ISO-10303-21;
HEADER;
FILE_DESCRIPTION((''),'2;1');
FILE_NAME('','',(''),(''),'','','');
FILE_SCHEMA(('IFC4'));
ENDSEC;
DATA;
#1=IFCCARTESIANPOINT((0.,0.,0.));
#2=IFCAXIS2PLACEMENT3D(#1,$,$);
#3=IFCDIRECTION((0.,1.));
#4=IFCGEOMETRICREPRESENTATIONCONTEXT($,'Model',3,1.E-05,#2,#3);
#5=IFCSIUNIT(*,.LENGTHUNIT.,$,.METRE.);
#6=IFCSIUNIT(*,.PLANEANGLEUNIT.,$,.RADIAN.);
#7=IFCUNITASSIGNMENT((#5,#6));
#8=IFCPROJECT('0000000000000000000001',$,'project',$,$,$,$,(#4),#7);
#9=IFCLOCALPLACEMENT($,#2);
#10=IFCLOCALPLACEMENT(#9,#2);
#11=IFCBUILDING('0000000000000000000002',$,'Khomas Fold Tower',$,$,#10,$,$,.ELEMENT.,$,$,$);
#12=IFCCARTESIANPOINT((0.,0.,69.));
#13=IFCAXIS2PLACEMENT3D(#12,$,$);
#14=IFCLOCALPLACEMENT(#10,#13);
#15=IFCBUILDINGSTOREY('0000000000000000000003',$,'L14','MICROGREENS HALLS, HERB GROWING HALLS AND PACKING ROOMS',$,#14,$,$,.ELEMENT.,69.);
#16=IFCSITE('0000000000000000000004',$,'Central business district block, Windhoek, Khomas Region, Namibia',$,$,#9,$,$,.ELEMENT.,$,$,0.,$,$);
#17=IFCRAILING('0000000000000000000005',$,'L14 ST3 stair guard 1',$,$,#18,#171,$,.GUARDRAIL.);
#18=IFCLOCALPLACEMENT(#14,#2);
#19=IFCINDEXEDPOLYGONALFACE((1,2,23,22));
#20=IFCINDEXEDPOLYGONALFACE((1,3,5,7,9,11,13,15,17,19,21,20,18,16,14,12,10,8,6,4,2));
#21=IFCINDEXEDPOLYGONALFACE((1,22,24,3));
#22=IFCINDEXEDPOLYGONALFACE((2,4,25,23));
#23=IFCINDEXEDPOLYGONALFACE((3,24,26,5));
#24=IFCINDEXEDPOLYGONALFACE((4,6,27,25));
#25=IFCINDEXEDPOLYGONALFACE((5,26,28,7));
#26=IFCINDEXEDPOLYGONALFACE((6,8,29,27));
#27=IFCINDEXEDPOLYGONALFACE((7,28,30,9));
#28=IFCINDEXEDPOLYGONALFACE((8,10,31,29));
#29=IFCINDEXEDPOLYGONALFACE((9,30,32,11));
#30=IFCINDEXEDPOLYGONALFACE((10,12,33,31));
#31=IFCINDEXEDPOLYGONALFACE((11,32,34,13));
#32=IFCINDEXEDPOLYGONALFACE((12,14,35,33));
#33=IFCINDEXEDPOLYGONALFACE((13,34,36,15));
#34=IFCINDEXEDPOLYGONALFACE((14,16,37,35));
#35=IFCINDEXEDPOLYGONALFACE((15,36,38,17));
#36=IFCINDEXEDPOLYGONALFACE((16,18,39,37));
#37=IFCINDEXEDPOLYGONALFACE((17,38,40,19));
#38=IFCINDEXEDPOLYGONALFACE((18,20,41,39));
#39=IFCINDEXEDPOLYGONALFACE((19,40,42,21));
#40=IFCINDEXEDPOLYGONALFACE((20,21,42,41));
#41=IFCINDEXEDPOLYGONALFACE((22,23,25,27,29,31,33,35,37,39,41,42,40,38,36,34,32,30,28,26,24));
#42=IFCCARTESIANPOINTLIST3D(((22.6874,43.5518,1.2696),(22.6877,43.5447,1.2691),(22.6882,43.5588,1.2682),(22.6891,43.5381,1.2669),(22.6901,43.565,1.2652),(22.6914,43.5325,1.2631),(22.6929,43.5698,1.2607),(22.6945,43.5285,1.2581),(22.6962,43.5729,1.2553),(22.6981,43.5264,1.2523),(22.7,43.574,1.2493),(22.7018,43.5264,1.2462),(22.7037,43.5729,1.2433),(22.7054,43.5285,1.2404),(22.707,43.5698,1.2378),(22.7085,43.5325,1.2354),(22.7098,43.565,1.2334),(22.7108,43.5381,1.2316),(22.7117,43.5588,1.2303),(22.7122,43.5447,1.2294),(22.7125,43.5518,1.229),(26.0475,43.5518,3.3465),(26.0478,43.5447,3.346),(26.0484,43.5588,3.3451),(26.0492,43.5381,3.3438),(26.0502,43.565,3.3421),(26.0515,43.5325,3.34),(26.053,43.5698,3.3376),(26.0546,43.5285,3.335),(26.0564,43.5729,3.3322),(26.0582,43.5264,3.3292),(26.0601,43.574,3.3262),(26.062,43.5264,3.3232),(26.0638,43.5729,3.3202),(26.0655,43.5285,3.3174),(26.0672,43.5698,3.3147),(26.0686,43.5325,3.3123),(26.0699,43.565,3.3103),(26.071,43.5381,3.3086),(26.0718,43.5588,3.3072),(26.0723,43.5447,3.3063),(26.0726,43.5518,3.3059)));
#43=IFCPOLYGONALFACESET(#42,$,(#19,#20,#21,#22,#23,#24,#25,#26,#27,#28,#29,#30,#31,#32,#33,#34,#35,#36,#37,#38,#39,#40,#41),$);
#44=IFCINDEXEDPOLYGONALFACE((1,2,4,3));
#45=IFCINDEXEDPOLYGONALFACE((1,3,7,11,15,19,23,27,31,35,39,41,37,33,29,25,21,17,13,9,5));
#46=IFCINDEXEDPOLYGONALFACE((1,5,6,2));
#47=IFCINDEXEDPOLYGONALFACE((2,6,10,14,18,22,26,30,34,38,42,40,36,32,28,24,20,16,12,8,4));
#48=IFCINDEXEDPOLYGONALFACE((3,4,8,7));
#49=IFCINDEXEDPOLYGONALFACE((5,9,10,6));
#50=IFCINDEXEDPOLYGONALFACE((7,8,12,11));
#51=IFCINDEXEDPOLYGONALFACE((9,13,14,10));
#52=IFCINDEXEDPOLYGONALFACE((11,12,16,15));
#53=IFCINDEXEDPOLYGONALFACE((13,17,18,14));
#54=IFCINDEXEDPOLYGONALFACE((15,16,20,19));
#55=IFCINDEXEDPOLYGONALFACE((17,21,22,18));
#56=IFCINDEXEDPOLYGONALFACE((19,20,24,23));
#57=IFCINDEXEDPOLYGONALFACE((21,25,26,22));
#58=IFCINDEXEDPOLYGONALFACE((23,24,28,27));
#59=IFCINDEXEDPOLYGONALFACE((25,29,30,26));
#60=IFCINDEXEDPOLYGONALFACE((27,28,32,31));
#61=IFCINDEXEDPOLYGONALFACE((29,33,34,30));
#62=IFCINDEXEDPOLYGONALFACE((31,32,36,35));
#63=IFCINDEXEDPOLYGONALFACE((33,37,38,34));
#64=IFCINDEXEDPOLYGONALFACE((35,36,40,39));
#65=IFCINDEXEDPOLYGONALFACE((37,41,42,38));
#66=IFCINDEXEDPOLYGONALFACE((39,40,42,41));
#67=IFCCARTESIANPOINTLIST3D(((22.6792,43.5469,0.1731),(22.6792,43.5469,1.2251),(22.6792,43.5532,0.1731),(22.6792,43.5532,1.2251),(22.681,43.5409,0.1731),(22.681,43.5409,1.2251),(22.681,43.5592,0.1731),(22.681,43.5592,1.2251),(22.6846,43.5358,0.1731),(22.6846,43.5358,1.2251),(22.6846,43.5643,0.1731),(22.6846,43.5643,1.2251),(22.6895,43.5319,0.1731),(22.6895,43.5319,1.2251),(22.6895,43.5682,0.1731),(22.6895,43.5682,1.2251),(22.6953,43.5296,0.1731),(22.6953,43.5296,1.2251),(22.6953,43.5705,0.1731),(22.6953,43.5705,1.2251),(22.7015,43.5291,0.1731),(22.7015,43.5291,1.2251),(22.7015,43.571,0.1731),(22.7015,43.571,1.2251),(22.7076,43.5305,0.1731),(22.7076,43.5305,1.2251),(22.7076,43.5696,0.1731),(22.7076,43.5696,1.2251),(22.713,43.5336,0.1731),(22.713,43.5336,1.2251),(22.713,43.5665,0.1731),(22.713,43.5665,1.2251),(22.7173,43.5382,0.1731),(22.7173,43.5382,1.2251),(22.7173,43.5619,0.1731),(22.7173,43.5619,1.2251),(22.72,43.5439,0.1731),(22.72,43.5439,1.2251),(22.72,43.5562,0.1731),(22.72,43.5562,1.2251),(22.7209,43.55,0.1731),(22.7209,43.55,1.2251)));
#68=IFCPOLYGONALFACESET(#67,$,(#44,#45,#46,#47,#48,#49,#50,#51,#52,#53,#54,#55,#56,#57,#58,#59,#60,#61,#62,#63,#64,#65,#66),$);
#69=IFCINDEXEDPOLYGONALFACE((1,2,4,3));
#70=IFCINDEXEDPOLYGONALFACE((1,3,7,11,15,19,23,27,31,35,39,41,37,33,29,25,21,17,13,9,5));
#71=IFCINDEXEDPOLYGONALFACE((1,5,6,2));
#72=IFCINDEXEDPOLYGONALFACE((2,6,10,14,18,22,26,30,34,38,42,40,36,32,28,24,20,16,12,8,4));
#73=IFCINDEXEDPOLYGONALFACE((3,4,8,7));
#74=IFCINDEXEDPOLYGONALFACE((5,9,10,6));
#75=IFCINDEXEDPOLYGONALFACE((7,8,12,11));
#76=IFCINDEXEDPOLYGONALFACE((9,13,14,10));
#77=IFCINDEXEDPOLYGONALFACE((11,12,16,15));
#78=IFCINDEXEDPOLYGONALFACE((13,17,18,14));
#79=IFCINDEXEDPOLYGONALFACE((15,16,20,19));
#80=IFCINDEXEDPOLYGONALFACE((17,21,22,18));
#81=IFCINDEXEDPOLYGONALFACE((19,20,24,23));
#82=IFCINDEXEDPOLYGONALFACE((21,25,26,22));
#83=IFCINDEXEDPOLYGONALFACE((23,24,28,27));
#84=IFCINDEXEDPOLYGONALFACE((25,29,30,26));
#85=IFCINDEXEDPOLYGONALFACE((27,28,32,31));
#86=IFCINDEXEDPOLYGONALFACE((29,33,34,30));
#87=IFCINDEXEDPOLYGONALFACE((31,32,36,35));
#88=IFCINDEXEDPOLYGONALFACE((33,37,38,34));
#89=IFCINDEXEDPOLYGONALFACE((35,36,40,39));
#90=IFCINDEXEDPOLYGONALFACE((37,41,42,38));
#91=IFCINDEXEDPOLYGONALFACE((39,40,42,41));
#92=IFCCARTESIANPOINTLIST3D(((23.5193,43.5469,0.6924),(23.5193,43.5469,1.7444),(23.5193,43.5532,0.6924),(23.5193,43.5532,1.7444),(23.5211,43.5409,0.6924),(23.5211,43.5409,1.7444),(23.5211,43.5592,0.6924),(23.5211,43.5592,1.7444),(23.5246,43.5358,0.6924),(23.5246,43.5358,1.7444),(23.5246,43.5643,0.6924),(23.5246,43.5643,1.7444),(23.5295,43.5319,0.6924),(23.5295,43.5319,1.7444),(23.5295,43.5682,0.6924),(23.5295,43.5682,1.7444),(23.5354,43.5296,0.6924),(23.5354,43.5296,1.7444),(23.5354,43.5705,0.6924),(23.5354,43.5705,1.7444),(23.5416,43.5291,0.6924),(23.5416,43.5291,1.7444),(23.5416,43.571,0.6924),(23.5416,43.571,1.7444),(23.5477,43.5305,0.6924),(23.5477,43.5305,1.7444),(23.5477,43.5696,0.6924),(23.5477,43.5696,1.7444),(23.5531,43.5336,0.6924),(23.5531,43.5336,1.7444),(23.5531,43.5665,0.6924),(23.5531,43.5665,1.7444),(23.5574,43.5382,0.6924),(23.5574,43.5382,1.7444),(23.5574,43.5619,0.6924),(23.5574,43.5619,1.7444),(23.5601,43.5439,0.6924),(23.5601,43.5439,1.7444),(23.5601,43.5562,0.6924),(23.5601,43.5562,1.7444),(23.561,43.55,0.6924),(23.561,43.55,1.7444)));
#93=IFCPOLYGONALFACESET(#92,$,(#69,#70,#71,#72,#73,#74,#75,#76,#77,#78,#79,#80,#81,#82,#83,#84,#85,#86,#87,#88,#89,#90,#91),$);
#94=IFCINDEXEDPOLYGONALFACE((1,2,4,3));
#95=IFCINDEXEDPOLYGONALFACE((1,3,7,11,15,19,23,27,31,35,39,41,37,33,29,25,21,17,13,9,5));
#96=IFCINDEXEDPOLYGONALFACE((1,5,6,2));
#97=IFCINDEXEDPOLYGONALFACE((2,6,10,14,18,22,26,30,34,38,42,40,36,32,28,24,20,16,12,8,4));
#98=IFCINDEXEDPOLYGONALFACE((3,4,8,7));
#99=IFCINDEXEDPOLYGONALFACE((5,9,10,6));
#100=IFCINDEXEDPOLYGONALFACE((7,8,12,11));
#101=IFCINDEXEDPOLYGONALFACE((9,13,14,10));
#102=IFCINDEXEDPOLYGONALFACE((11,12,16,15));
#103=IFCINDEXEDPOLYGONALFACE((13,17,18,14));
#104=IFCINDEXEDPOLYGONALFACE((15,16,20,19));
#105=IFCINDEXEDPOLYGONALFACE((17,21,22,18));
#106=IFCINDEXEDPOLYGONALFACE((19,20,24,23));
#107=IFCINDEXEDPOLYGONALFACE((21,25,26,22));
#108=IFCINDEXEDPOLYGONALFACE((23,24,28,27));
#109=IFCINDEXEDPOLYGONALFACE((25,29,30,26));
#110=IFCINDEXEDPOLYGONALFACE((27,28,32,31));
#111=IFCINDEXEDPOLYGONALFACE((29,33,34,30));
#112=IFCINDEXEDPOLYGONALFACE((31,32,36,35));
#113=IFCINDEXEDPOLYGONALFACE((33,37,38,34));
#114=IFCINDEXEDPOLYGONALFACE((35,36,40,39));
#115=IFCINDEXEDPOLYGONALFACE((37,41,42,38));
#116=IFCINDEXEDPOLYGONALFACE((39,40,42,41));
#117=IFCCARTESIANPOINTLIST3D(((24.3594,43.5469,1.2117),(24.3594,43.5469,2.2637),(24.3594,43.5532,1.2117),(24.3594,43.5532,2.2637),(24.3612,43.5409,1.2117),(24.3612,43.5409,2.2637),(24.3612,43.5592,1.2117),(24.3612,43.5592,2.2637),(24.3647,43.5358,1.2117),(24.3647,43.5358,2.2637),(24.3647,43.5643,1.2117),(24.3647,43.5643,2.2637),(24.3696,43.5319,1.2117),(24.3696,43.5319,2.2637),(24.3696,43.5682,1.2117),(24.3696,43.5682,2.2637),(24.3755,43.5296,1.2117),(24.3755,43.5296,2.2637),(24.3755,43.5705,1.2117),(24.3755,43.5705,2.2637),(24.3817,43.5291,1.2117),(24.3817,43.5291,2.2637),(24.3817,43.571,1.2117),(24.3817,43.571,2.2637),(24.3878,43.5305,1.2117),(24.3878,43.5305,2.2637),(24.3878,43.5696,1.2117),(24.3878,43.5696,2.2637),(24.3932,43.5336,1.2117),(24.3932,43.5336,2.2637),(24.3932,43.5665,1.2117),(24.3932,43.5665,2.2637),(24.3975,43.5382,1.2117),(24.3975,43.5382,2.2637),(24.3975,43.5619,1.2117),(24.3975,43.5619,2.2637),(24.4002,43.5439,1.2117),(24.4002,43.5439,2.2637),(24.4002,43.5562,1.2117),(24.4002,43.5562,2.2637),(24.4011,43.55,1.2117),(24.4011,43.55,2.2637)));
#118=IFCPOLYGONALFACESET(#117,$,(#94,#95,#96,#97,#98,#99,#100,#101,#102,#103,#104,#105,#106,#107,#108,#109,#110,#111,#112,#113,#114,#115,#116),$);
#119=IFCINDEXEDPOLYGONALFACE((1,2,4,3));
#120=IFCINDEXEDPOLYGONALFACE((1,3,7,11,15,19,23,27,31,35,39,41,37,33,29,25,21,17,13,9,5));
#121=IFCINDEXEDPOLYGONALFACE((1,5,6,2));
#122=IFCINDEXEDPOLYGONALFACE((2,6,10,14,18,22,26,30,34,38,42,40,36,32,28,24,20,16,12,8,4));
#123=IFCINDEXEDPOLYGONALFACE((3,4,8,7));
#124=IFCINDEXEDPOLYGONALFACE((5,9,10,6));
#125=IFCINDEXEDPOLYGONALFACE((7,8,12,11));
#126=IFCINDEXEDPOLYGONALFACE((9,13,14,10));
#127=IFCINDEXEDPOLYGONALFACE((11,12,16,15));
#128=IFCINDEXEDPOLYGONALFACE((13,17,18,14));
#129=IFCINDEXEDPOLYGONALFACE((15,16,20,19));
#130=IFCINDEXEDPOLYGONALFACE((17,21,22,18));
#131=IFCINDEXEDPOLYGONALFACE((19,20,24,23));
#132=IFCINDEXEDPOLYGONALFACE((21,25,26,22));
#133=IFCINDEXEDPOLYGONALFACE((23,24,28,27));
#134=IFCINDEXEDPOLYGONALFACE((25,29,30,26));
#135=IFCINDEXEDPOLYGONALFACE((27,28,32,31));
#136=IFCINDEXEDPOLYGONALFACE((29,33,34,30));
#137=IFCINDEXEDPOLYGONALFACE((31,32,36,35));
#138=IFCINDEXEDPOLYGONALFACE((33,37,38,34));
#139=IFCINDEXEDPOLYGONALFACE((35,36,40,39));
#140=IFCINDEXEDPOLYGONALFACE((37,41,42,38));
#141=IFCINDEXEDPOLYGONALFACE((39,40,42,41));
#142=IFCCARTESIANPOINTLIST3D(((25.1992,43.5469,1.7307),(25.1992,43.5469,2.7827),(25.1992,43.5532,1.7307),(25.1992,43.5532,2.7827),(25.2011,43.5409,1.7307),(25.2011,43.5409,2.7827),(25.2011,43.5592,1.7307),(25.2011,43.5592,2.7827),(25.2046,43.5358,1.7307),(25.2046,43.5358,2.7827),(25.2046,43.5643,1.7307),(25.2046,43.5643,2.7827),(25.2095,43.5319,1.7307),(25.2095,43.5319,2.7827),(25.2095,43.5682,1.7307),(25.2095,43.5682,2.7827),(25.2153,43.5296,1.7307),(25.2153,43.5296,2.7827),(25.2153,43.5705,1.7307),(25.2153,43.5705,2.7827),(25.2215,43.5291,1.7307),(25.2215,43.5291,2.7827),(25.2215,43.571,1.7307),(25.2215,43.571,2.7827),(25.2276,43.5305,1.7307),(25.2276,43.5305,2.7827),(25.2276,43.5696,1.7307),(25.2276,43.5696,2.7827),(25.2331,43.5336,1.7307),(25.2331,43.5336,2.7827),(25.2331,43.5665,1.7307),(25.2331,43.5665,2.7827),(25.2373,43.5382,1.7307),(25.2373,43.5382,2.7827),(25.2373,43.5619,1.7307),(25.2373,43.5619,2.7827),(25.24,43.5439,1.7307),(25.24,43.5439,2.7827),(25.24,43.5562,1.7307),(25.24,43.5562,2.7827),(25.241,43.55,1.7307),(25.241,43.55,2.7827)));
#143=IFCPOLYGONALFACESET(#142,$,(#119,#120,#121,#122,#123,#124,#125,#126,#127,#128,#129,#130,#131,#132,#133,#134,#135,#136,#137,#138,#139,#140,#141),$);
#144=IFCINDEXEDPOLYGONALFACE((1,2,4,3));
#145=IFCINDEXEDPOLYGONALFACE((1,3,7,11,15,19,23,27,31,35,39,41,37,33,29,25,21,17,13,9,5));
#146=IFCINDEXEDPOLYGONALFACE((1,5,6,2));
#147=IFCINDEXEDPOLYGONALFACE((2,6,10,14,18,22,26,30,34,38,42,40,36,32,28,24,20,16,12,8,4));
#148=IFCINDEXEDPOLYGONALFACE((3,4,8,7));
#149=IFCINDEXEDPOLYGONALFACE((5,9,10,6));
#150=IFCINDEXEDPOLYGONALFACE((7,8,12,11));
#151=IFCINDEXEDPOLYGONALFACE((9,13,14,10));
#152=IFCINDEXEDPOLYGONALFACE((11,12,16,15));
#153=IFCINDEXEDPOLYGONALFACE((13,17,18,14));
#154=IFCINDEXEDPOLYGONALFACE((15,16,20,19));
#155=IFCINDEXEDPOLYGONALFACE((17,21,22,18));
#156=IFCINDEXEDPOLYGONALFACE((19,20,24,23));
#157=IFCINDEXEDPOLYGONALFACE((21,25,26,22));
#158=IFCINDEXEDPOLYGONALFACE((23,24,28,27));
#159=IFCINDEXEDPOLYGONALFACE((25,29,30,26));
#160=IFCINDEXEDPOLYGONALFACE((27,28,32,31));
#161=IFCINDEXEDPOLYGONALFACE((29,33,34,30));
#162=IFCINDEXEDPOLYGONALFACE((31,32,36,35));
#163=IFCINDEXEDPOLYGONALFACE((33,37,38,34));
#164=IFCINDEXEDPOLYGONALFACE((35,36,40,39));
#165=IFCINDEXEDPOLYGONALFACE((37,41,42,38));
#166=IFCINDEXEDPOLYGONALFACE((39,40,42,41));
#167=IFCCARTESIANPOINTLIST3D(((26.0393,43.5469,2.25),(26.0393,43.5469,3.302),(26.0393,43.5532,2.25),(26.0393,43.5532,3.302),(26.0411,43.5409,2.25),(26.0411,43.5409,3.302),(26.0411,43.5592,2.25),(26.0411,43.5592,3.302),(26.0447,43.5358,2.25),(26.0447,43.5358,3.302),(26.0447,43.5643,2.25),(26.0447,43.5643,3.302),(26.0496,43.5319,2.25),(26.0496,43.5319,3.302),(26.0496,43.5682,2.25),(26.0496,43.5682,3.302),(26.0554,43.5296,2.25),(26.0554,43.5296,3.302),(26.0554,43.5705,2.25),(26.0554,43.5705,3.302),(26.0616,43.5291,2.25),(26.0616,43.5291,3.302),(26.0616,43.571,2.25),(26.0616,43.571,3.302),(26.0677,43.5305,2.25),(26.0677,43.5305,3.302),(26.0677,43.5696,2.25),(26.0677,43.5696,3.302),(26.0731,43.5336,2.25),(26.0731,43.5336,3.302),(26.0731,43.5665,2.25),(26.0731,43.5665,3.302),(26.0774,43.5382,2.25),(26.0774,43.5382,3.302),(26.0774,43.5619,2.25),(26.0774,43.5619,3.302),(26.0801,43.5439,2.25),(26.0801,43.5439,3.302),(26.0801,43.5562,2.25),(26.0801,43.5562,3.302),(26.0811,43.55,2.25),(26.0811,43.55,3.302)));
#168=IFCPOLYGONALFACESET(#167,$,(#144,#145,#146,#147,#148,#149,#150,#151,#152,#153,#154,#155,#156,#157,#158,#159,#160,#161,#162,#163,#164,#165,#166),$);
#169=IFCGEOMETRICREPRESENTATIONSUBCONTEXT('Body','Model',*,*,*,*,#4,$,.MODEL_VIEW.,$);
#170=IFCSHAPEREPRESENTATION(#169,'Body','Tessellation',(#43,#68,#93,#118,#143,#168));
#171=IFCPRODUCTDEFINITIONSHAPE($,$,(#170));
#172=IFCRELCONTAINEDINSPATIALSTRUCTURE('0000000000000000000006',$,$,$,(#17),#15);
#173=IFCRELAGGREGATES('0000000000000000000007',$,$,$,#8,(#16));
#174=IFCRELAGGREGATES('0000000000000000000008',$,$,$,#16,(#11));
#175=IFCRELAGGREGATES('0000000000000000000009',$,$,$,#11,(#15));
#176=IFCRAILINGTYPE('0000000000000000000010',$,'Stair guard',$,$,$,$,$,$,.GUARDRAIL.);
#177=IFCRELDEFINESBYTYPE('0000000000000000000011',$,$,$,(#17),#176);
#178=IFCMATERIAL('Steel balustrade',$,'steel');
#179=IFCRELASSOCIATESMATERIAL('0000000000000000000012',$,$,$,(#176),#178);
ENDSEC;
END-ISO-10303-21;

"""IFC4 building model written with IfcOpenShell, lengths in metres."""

from ifc_helpers import new_model, si_unit, direction, frame, origin, origin_2d, place, context, subcontext, project, spatial, circle, extrude, source, transform, mapped, material, type_object, element, save


model = new_model("IFC4")

# Units and contexts
model_context = context("Model", 3, precision=1e-05, world=origin(), true_north=direction((0.0, 1.0)))
body_context = subcontext(model_context, "Body", "Model", "MODEL_VIEW")
ifc_project = project(units=[si_unit("LENGTHUNIT", "METRE"), si_unit("PLANEANGLEUNIT", "RADIAN")], contexts=[model_context])

# Site, building, storey
site_placement = place(None, origin())
site = spatial("IfcSite", under=ifc_project, at=site_placement, Name="Central business district block, Windhoek, Khomas Region, Namibia", CompositionType="ELEMENT", RefElevation=0.0)
building_placement = place(site_placement, origin())
building = spatial("IfcBuilding", under=site, at=building_placement, Name="Khomas Fold Tower", CompositionType="ELEMENT")
storey_placement = place(building_placement, frame((0.0, 0.0, 69.0)))
storey = spatial("IfcBuildingStorey", under=building, at=storey_placement, Name="L14", Description="MICROGREENS HALLS, HERB GROWING HALLS AND PACKING ROOMS", CompositionType="ELEMENT", Elevation=69.0)

# Railing
ifc_material_1 = material(Name="Steel balustrade", Category="steel")
railing_type_1 = type_object("IfcRailingType", Name="Stair guard", PredefinedType="GUARDRAIL", material=ifc_material_1)
shared_shape_1 = source(origin(), body_context, "Body", "SweptSolid", [
    extrude(circle(Radius=0.0239, at=origin_2d()), frame((0.0, 0.0, 1.0762), z_axis=(0.850623, 0.0, 0.525776), x_axis=(0.0, 1.0, 0.0)), (0.0, 0.0, 1.0), 3.9502),
    extrude(circle(Radius=0.021, at=origin_2d()), origin(), (0.0, 0.0, 1.0), 1.052),
    extrude(circle(Radius=0.021, at=origin_2d()), frame((0.8401, 0.0, 0.5193)), (0.0, 0.0, 1.0), 1.052),
    extrude(circle(Radius=0.021, at=origin_2d()), frame((1.6802, 0.0, 1.0386)), (0.0, 0.0, 1.0), 1.052),
    extrude(circle(Radius=0.021, at=origin_2d()), frame((2.52, 0.0, 1.5576)), (0.0, 0.0, 1.0), 1.052),
    extrude(circle(Radius=0.021, at=origin_2d()), frame((3.3601, 0.0, 2.0769)), (0.0, 0.0, 1.0), 1.052),
])
railing_1_placement = place(storey_placement, frame((22.7, 43.55, 0.1731)))
element("IfcRailing", 1, at=railing_1_placement, inside=storey, type_object=railing_type_1, Name="L14 ST3 stair guard 1", PredefinedType="GUARDRAIL", context=body_context, shape_type="MappedRepresentation", body=[
    mapped(shared_shape_1, transform((0.0, 0.0, 0.0))),
])

save(model, "model.ifc")
